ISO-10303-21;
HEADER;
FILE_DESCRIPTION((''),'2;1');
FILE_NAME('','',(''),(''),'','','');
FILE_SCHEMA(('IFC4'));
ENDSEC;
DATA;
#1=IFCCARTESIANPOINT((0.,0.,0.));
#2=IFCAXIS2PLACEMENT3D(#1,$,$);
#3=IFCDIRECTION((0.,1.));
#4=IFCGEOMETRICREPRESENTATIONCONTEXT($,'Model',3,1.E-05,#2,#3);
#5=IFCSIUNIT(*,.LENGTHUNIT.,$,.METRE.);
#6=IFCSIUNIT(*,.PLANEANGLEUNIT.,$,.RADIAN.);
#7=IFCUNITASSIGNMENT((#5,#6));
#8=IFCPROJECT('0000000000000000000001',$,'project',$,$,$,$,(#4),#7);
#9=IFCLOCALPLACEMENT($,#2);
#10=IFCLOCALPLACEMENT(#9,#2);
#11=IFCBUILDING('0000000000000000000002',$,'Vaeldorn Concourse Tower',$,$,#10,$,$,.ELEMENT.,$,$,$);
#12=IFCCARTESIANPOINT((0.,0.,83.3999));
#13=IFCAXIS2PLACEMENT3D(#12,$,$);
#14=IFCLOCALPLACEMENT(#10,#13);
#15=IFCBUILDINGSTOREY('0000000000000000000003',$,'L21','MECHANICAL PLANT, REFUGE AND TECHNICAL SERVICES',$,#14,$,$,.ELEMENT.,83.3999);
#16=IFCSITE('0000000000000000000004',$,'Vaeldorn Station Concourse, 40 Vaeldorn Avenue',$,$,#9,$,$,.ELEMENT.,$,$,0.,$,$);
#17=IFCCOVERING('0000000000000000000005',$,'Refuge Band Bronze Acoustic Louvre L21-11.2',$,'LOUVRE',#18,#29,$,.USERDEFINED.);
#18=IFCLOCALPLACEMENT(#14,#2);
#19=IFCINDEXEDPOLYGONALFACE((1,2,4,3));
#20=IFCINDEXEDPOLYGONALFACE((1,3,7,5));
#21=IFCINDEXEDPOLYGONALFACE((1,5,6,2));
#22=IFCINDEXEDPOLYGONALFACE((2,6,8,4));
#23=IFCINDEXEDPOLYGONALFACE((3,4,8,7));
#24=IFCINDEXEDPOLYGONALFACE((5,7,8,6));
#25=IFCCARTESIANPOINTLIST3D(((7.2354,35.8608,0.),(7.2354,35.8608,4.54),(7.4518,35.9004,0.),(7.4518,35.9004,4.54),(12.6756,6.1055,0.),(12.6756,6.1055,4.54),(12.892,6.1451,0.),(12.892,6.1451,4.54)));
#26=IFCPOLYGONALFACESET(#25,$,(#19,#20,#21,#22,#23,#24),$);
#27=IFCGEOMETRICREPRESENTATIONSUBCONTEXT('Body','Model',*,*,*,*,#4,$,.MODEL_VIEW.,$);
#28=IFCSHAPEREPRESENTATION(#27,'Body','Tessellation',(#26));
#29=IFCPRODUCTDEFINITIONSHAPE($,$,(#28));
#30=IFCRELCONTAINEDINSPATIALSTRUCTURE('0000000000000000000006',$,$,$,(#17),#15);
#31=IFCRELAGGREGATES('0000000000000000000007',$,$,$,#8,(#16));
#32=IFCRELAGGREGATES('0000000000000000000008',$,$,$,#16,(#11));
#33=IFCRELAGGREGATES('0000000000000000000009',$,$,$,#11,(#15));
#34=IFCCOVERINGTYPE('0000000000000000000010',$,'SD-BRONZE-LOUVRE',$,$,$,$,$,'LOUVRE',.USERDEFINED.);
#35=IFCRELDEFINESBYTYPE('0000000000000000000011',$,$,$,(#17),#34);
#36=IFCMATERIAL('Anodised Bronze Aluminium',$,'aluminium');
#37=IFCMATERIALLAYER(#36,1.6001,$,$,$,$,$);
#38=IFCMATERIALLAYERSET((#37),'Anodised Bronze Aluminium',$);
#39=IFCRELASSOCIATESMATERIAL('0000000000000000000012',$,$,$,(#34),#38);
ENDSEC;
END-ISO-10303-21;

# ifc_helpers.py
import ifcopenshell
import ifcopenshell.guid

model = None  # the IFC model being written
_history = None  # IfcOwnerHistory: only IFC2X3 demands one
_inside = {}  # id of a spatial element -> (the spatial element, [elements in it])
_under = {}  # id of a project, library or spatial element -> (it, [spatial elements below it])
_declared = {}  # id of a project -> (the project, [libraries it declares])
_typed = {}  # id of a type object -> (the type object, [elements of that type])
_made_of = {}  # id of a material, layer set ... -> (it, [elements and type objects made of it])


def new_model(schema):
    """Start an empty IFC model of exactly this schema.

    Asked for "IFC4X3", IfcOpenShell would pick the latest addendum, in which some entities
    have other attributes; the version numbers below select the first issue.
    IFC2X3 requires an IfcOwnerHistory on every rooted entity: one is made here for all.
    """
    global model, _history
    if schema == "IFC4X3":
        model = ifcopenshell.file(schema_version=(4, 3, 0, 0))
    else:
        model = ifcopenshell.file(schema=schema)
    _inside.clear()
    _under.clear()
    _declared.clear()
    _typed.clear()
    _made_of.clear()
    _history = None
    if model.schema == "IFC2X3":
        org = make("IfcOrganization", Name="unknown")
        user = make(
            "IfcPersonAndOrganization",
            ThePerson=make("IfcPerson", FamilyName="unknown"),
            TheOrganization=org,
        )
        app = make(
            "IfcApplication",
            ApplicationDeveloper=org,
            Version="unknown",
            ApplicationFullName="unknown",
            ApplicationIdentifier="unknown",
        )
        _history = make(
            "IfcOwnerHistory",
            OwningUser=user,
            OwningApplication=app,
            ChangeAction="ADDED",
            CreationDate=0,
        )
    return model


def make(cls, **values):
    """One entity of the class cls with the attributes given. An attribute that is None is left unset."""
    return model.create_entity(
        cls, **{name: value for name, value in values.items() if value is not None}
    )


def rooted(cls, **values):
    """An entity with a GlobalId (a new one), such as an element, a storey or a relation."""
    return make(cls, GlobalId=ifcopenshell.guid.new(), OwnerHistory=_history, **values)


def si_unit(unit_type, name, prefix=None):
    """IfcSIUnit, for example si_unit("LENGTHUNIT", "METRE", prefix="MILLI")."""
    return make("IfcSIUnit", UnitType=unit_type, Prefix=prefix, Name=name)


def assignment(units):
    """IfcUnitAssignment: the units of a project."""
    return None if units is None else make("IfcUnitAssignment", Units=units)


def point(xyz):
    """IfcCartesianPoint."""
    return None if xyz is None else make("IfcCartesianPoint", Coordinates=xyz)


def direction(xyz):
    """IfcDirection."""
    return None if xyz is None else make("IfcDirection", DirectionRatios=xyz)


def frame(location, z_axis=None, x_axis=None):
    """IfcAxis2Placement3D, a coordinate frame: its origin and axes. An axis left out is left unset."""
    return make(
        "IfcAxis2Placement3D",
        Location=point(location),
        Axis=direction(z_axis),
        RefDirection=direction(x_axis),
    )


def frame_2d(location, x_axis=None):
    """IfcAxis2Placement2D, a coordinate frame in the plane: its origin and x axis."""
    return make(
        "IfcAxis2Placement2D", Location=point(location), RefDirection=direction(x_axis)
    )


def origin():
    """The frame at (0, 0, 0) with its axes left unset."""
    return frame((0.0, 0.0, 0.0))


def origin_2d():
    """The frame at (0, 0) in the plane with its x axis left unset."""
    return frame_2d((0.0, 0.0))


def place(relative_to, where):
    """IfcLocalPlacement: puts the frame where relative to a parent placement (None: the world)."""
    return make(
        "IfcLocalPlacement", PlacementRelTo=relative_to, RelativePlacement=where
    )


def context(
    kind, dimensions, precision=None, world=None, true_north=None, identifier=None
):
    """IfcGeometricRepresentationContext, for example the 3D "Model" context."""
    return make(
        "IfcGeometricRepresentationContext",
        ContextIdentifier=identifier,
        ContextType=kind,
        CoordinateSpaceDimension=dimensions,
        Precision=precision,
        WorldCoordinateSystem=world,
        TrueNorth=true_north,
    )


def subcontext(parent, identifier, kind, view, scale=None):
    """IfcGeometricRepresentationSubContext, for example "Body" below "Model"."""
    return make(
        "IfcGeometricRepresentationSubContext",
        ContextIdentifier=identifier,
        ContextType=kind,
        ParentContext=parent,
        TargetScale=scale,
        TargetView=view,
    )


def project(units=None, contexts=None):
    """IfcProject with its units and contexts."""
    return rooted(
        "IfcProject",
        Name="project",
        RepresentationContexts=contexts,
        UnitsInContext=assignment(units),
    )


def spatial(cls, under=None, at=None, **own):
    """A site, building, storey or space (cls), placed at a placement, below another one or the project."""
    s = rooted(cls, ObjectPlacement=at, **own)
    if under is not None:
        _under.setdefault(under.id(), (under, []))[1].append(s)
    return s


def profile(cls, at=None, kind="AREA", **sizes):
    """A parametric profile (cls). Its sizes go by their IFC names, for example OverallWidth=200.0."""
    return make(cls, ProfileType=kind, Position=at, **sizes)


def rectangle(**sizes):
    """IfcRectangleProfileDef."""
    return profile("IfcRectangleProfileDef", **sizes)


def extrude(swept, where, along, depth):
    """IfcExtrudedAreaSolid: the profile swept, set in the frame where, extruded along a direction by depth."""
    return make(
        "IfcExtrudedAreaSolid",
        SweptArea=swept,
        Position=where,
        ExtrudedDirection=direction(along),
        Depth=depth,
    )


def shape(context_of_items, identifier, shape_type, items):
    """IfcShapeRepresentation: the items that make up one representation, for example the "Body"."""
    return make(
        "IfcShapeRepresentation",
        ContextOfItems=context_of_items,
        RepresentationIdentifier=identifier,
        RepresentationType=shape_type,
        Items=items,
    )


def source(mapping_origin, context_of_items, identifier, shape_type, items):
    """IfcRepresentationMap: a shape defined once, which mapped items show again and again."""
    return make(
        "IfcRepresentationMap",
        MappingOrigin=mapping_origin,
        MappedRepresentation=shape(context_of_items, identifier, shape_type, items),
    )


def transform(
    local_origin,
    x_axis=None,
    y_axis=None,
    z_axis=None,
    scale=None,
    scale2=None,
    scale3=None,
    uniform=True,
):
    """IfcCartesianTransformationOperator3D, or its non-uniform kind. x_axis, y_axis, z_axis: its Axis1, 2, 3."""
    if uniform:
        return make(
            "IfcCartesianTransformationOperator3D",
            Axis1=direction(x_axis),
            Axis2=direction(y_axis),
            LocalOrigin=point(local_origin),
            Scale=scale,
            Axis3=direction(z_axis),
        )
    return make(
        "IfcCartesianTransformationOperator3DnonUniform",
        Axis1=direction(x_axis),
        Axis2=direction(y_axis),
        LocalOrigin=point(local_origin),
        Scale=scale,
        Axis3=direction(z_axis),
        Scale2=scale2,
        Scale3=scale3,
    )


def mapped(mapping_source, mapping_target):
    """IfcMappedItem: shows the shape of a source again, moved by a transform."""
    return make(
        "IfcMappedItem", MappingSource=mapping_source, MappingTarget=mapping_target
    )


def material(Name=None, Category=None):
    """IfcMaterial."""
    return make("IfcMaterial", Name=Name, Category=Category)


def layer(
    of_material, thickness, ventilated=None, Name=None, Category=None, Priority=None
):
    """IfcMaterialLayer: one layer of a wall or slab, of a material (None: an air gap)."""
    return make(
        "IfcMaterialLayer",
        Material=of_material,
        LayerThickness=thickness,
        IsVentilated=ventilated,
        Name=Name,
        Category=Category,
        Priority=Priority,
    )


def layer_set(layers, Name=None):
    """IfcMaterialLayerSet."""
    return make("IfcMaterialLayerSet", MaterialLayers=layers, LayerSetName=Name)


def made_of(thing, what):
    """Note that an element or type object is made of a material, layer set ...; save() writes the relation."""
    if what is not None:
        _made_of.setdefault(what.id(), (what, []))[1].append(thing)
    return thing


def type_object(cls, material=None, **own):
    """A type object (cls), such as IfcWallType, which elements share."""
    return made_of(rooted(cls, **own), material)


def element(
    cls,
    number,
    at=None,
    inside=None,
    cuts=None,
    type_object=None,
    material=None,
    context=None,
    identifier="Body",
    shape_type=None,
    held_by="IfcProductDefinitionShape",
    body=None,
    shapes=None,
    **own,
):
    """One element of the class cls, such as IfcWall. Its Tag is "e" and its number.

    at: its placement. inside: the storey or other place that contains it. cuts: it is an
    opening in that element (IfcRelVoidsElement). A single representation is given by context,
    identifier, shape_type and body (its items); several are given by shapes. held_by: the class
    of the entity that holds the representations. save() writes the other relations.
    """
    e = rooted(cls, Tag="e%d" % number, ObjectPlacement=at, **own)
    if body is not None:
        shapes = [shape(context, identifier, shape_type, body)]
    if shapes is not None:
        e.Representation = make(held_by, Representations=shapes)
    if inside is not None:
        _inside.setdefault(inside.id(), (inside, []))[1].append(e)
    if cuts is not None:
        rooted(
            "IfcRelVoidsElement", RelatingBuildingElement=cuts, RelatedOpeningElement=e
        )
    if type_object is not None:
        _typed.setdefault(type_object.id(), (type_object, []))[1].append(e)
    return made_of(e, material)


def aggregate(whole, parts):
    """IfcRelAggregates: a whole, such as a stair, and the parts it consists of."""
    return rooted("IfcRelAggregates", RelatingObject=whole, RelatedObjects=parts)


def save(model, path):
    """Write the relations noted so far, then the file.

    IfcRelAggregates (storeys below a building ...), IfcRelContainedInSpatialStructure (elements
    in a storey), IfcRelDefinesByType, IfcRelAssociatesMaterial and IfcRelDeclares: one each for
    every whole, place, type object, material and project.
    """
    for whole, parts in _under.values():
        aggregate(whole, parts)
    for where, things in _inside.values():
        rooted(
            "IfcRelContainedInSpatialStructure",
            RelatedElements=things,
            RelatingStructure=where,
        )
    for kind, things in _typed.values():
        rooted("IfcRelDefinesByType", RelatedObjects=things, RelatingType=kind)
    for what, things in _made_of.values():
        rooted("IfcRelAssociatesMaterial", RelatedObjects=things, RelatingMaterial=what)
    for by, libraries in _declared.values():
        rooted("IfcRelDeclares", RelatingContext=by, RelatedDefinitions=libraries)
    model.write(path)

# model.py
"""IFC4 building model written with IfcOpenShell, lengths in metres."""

from ifc_helpers import new_model, si_unit, direction, frame, origin, origin_2d, place, context, subcontext, project, spatial, rectangle, extrude, source, transform, mapped, material, layer, layer_set, type_object, element, save


model = new_model("IFC4")

# Units and contexts
model_context = context("Model", 3, precision=1e-05, world=origin(), true_north=direction((0.0, 1.0)))
body_context = subcontext(model_context, "Body", "Model", "MODEL_VIEW")
ifc_project = project(units=[si_unit("LENGTHUNIT", "METRE"), si_unit("PLANEANGLEUNIT", "RADIAN")], contexts=[model_context])

# Site, building, storey
site_placement = place(None, origin())
site = spatial("IfcSite", under=ifc_project, at=site_placement, Name="Vaeldorn Station Concourse, 40 Vaeldorn Avenue", CompositionType="ELEMENT", RefElevation=0.0)
building_placement = place(site_placement, origin())
building = spatial("IfcBuilding", under=site, at=building_placement, Name="Vaeldorn Concourse Tower", CompositionType="ELEMENT")
storey_placement = place(building_placement, frame((0.0, 0.0, 83.3999)))
storey = spatial("IfcBuildingStorey", under=building, at=storey_placement, Name="L21", Description="MECHANICAL PLANT, REFUGE AND TECHNICAL SERVICES", CompositionType="ELEMENT", Elevation=83.3999)

# Shared definitions
ifc_material_1 = material(Name="Anodised Bronze Aluminium", Category="aluminium")

# Covering
ifc_layer_1 = layer(ifc_material_1, 1.6001)
ifc_layer_set_1 = layer_set([ifc_layer_1], Name="Anodised Bronze Aluminium")
covering_type = type_object("IfcCoveringType", Name="SD-BRONZE-LOUVRE", ElementType="LOUVRE", PredefinedType="USERDEFINED", material=ifc_layer_set_1)
shared_shape_1 = source(origin(), body_context, "Body", "SweptSolid", [
    extrude(rectangle(XDim=30.2485, YDim=0.22, at=origin_2d()), origin(), (0.0, 0.0, 1.0), 4.54),
])
covering_1_placement = place(storey_placement, frame((10.0637, 21.0029, 0.0), z_axis=(0.0, 0.0, 1.0), x_axis=(0.17985, -0.983694, 0.0)))
element("IfcCovering", 1, at=covering_1_placement, inside=storey, type_object=covering_type, Name="Refuge Band Bronze Acoustic Louvre L21-11.2", ObjectType="LOUVRE", PredefinedType="USERDEFINED", context=body_context, shape_type="MappedRepresentation", body=[
    mapped(shared_shape_1, transform((0.0, 0.0, 0.0), scale=1.0)),
])

save(model, "model.ifc")
